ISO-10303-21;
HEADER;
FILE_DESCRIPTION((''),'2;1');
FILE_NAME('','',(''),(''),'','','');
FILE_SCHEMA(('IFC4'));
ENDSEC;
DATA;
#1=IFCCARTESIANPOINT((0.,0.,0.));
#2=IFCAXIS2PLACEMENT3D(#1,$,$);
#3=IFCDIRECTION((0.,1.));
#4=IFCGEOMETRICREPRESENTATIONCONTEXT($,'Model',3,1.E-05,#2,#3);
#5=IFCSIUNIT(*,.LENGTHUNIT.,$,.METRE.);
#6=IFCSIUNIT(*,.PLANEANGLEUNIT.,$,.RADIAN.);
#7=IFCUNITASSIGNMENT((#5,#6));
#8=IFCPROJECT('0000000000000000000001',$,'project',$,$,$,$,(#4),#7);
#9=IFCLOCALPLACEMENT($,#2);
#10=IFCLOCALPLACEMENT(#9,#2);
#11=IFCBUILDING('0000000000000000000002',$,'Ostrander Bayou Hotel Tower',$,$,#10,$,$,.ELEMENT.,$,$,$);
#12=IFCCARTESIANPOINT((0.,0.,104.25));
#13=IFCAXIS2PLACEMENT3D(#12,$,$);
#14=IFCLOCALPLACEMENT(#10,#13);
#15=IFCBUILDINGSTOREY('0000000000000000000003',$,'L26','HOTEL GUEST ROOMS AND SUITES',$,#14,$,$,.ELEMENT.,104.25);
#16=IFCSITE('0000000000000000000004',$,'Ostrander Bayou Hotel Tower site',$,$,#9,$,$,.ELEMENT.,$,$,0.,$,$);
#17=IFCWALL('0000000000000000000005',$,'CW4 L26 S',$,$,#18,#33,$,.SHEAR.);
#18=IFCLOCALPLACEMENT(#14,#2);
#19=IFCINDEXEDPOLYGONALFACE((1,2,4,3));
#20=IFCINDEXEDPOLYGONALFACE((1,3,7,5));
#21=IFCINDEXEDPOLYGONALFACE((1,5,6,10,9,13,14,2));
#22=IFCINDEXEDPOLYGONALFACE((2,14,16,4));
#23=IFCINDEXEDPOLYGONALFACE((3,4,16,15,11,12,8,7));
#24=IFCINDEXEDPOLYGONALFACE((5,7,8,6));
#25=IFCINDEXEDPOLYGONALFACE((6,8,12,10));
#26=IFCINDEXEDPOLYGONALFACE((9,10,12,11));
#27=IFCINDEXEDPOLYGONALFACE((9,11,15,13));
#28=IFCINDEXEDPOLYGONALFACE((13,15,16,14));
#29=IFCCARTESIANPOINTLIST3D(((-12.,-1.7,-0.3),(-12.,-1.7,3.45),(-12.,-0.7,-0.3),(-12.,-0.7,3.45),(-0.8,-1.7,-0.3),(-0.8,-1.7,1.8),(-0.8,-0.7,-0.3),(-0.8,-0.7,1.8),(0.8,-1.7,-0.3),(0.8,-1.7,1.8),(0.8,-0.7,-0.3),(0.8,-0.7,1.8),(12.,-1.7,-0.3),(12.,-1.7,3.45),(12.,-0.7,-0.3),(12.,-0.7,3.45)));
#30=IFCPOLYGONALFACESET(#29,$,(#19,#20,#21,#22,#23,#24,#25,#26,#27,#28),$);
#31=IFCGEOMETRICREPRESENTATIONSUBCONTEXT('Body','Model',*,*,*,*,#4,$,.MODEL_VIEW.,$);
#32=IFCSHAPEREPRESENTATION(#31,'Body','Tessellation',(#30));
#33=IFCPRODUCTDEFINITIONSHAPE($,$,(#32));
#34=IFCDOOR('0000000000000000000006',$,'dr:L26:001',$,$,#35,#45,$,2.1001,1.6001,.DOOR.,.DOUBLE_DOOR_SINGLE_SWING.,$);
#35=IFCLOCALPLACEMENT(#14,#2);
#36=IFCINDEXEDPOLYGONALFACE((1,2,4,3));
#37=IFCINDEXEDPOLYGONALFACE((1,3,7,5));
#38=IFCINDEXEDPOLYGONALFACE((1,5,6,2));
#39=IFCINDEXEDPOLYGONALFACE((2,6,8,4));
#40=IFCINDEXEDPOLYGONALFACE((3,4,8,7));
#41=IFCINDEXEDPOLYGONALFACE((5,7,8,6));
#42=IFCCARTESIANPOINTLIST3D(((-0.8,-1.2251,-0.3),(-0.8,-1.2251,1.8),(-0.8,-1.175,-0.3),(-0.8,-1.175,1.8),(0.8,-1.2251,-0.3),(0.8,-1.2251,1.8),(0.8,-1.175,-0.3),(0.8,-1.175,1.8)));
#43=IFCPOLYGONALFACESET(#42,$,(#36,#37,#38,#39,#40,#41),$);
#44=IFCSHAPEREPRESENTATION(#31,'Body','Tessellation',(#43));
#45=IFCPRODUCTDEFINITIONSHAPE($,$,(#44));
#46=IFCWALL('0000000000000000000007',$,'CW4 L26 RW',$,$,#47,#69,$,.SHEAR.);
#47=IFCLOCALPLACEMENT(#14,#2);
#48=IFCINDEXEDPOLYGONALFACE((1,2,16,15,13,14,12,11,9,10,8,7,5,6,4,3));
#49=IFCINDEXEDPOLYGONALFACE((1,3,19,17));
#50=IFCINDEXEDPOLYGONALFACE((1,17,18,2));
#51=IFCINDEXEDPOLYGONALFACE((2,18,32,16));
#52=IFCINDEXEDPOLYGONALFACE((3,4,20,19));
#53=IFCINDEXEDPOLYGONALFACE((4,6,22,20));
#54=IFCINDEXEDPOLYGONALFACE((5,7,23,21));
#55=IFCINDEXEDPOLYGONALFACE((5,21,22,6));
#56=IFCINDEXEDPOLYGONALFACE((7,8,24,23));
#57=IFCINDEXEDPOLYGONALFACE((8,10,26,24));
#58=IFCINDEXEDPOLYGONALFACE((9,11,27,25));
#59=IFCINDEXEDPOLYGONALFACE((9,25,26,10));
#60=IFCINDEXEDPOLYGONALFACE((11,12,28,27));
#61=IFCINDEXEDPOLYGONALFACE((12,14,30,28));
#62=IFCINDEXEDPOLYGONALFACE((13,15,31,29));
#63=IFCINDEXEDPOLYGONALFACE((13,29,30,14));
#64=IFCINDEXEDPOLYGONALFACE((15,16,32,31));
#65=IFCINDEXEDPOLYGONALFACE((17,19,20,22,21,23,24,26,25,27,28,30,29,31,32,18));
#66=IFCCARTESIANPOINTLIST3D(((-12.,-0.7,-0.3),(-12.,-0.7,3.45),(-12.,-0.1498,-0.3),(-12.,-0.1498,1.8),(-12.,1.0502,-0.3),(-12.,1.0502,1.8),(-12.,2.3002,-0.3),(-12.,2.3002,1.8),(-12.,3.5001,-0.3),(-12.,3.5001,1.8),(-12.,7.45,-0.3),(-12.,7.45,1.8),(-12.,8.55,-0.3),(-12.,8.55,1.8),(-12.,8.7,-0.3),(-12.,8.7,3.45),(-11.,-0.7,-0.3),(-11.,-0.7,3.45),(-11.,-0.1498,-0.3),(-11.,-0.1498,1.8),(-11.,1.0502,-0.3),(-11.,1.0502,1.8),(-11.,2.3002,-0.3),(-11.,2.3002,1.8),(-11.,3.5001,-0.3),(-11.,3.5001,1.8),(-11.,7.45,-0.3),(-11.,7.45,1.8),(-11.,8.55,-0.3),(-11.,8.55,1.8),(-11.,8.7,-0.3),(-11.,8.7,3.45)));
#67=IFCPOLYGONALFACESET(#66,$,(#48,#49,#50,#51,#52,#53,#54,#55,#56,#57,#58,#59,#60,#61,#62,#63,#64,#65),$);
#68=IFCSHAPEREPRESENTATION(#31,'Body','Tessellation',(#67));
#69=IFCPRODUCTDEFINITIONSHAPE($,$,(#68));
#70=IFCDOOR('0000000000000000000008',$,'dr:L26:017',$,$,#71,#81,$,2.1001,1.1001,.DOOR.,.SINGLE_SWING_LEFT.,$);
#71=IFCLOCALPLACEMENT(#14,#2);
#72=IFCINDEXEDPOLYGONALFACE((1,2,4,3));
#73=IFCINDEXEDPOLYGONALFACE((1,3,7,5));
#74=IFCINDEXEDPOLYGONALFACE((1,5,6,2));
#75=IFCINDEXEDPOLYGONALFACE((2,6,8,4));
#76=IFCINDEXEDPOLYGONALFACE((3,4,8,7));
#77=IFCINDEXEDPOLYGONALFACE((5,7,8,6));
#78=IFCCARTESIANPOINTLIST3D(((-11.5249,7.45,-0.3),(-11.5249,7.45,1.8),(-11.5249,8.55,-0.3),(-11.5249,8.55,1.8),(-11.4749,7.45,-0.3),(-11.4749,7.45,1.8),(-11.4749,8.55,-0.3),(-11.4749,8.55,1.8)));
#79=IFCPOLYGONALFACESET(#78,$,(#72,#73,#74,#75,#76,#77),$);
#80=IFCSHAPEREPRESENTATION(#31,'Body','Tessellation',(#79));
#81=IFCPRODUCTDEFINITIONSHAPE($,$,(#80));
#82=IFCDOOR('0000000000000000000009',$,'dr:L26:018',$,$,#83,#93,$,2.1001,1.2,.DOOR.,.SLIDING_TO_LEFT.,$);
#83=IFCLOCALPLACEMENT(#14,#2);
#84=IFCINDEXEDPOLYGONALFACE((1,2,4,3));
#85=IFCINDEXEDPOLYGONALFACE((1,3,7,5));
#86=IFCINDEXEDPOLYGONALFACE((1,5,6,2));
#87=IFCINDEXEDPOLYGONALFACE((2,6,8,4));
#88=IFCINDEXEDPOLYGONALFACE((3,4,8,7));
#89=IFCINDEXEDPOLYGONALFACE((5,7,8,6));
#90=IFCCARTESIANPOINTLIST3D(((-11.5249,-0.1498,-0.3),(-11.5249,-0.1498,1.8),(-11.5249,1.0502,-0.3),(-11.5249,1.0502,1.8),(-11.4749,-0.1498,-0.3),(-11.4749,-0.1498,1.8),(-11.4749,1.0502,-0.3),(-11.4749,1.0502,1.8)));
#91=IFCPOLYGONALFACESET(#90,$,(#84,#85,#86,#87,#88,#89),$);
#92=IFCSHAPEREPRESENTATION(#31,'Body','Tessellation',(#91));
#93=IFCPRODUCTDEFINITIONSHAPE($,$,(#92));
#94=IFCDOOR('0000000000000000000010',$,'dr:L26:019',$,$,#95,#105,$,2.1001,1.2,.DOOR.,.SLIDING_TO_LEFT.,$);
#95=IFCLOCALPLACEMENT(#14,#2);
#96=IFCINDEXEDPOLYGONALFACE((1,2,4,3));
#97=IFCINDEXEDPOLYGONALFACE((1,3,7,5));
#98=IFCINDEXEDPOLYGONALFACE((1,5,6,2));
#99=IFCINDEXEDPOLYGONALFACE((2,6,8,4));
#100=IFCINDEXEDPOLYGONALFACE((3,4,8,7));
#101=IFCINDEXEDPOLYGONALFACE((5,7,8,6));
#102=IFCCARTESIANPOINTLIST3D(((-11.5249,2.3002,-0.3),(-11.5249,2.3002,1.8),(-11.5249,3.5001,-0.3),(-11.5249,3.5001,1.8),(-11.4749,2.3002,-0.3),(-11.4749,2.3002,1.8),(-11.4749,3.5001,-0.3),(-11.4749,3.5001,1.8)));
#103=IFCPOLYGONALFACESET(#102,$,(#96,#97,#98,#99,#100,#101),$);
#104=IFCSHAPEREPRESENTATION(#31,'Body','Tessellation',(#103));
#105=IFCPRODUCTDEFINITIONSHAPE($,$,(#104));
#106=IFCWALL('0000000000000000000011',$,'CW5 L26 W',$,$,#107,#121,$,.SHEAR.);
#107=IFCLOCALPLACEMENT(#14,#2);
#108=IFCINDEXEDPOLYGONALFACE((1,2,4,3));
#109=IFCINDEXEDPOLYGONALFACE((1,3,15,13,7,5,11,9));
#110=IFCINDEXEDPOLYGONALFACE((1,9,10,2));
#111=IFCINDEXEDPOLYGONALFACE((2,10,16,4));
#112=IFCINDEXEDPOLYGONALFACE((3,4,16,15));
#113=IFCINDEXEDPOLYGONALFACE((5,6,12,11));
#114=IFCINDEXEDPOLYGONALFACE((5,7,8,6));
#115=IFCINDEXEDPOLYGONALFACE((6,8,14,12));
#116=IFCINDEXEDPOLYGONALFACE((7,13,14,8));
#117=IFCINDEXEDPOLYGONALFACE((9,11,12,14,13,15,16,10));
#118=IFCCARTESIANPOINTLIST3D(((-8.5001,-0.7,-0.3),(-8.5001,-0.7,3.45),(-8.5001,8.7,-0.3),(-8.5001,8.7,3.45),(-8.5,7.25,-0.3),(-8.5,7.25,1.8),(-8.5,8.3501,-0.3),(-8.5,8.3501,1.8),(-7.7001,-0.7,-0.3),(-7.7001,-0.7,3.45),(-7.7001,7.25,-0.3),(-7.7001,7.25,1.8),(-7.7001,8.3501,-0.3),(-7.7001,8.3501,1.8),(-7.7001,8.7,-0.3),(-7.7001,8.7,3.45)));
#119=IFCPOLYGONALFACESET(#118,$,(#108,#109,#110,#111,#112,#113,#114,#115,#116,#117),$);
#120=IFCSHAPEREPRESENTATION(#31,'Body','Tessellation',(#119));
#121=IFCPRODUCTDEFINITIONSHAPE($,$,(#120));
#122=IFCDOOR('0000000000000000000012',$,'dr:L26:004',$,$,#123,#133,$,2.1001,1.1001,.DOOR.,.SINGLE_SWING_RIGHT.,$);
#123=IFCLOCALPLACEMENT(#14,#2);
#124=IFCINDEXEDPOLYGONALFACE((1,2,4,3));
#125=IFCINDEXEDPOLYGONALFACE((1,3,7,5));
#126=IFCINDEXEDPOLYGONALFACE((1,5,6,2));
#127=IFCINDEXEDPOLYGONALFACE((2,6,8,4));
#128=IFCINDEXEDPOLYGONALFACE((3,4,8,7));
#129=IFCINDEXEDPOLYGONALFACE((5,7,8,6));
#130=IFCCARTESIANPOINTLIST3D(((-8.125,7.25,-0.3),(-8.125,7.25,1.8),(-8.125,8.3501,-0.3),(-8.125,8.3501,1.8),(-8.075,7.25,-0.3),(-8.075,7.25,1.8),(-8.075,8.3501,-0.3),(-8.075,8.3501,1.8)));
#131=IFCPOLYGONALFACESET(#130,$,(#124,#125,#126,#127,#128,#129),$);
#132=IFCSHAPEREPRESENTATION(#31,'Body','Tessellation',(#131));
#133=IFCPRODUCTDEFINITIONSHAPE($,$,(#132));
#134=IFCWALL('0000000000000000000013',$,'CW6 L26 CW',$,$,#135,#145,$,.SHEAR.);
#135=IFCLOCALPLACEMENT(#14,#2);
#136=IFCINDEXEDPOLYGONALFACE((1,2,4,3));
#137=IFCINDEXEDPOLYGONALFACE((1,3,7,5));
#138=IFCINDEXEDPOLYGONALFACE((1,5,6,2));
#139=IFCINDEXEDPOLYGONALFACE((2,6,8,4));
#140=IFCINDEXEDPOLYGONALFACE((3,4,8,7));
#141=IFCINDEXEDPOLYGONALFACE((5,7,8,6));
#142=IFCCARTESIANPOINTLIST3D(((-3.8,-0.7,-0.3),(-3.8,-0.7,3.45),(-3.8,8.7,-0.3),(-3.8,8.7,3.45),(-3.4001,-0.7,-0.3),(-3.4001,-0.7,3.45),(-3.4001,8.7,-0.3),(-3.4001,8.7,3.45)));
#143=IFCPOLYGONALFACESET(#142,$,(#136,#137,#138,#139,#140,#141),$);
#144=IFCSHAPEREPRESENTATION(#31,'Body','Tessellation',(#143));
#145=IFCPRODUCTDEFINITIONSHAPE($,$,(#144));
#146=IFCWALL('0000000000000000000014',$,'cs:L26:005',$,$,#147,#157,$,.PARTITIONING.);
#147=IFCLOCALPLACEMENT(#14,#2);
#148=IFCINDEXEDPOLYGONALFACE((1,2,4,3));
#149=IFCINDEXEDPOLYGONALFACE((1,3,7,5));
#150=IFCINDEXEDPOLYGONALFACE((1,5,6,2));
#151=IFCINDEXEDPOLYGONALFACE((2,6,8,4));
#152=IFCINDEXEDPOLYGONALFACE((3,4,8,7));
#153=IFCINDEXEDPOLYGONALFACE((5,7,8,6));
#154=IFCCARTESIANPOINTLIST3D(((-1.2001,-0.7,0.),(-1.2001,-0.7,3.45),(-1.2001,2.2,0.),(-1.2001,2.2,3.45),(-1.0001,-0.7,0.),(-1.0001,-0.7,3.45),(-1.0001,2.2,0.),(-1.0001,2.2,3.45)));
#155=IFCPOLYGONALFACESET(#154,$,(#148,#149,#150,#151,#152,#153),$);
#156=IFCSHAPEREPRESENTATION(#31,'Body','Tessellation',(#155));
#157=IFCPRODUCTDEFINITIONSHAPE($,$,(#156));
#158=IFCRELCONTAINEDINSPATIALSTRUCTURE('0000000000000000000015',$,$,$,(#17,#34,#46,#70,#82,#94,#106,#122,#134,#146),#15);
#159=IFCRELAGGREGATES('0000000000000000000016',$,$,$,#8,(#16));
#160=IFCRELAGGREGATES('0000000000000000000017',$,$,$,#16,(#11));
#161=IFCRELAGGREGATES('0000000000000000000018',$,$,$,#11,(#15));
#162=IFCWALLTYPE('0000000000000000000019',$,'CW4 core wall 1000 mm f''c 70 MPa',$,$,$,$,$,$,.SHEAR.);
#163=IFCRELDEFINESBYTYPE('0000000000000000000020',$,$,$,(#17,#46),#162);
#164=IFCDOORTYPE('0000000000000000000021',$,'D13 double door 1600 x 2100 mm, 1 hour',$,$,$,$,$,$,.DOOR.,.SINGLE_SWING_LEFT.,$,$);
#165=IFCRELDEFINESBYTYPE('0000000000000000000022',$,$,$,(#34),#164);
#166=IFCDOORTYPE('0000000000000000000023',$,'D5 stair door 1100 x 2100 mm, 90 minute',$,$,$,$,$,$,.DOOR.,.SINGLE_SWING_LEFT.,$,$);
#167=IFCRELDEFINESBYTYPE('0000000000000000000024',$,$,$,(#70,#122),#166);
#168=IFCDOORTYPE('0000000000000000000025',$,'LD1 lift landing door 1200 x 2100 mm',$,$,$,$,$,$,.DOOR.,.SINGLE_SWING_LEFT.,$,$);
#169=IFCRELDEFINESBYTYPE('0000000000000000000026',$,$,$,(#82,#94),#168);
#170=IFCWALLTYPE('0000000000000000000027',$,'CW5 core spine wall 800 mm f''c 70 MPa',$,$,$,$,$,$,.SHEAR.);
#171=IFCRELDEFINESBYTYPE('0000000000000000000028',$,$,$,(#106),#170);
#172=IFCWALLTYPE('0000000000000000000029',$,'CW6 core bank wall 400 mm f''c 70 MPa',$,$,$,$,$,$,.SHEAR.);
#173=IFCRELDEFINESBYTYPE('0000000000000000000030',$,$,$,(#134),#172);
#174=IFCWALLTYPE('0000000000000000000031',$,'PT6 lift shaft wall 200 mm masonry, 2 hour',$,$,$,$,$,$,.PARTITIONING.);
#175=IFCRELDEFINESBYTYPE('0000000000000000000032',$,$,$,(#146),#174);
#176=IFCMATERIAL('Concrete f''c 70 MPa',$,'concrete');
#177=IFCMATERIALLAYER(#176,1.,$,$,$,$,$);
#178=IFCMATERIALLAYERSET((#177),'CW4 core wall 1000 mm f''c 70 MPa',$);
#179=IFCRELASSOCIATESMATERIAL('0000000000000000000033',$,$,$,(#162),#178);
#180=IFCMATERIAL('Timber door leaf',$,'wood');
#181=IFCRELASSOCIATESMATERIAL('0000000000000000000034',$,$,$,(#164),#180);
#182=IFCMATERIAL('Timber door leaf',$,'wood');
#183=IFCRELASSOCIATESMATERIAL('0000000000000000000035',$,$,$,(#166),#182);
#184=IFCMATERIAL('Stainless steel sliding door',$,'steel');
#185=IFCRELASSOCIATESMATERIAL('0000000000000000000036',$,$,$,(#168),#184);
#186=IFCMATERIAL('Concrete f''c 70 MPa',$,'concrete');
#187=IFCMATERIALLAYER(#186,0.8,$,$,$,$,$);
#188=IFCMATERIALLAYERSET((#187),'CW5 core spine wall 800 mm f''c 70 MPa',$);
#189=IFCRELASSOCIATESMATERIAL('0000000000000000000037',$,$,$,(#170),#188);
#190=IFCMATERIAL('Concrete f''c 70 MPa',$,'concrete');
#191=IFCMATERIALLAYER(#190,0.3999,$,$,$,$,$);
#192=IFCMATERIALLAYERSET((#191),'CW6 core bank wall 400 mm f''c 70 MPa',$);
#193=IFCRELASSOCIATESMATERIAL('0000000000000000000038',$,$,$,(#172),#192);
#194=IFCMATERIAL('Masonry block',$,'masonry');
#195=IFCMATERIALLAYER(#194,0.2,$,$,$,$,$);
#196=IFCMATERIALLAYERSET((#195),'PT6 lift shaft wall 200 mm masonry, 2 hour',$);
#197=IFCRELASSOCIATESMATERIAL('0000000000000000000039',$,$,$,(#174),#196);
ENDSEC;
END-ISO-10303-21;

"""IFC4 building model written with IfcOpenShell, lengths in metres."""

from ifc_helpers import new_model, si_unit, direction, frame, frame_2d, origin, place, context, subcontext, project, spatial, rectangle, extrude, material, layer, layer_set, type_object, element, fill, save


model = new_model("IFC4")

# Units and contexts
model_context = context("Model", 3, precision=1e-05, world=origin(), true_north=direction((0.0, 1.0)))
body_context = subcontext(model_context, "Body", "Model", "MODEL_VIEW")
ifc_project = project(units=[si_unit("LENGTHUNIT", "METRE"), si_unit("PLANEANGLEUNIT", "RADIAN")], contexts=[model_context])

# Site, building, storey
site_placement = place(None, origin())
site = spatial("IfcSite", under=ifc_project, at=site_placement, Name="Ostrander Bayou Hotel Tower site", CompositionType="ELEMENT", RefElevation=0.0)
building_placement = place(site_placement, origin())
building = spatial("IfcBuilding", under=site, at=building_placement, Name="Ostrander Bayou Hotel Tower", CompositionType="ELEMENT")
storey_placement = place(building_placement, frame((0.0, 0.0, 104.25)))
storey = spatial("IfcBuildingStorey", under=building, at=storey_placement, Name="L26", Description="HOTEL GUEST ROOMS AND SUITES", CompositionType="ELEMENT", Elevation=104.25)

# Wall, opening, door
ifc_material_1 = material(Name="Concrete f'c 70 MPa", Category="concrete")
ifc_layer_1 = layer(ifc_material_1, 1.0)
ifc_layer_set_1 = layer_set([ifc_layer_1], Name="CW4 core wall 1000 mm f'c 70 MPa")
wall_type_1 = type_object("IfcWallType", Name="CW4 core wall 1000 mm f'c 70 MPa", PredefinedType="SHEAR", material=ifc_layer_set_1)
wall_1_placement = place(storey_placement, frame((-12.0, -1.2, -0.3), z_axis=(0.0, 0.0, 1.0), x_axis=(1.0, 0.0, 0.0)))
wall_1 = element("IfcWall", 1, at=wall_1_placement, inside=storey, type_object=wall_type_1, Name="CW4 L26 S", PredefinedType="SHEAR", context=body_context, shape_type="SweptSolid", body=[
    extrude(rectangle(XDim=24.0, YDim=1.0, at=frame_2d((12.0, 0.0))), origin(), (0.0, 0.0, 1.0), 3.75),
])
opening_1_placement = place(wall_1_placement, frame((11.2, 0.0, 0.0)))
opening_1 = element("IfcOpeningElement", 2, at=opening_1_placement, cuts=wall_1, PredefinedType="OPENING", context=body_context, shape_type="SweptSolid", body=[
    extrude(rectangle(XDim=1.6001, YDim=2.1001, at=frame_2d((0.8, 1.05))), frame((0.0, 0.5, 0.0), z_axis=(0.0, -1.0, 0.0), x_axis=(1.0, 0.0, 0.0)), (0.0, 0.0, 1.0), 1.0),
])
ifc_material_2 = material(Name="Timber door leaf", Category="wood")
door_type_1 = type_object("IfcDoorType", Name="D13 double door 1600 x 2100 mm, 1 hour", OperationType="SINGLE_SWING_LEFT", PredefinedType="DOOR", material=ifc_material_2)
door_1_placement = place(opening_1_placement, origin())
door_1 = element("IfcDoor", 3, at=door_1_placement, inside=storey, type_object=door_type_1, Name="dr:L26:001", OperationType="DOUBLE_DOOR_SINGLE_SWING", OverallHeight=2.1001, OverallWidth=1.6001, PredefinedType="DOOR", context=body_context, shape_type="SweptSolid", body=[
    extrude(rectangle(XDim=1.6001, YDim=2.1001, at=frame_2d((0.8, 1.05))), frame((0.0, 0.0249, 0.0), z_axis=(0.0, -1.0, 0.0), x_axis=(1.0, 0.0, 0.0)), (0.0, 0.0, 1.0), 0.05),
])
fill(opening_1, door_1)

# Wall, openings, doors
wall_2_placement = place(storey_placement, frame((-11.5, -0.7, -0.3), z_axis=(0.0, 0.0, 1.0), x_axis=(0.0, 1.0, 0.0)))
wall_2 = element("IfcWall", 4, at=wall_2_placement, inside=storey, type_object=wall_type_1, Name="CW4 L26 RW", PredefinedType="SHEAR", context=body_context, shape_type="SweptSolid", body=[
    extrude(rectangle(XDim=9.3999, YDim=1.0, at=frame_2d((4.7, 0.0))), origin(), (0.0, 0.0, 1.0), 3.75),
])
opening_2_placement = place(wall_2_placement, frame((8.1499, 0.0, 0.0)))
opening_2 = element("IfcOpeningElement", 5, at=opening_2_placement, cuts=wall_2, PredefinedType="OPENING", context=body_context, shape_type="SweptSolid", body=[
    extrude(rectangle(XDim=1.1001, YDim=2.1001, at=frame_2d((0.55, 1.05))), frame((0.0, 0.5, 0.0), z_axis=(0.0, -1.0, 0.0), x_axis=(1.0, 0.0, 0.0)), (0.0, 0.0, 1.0), 1.0),
])
opening_3_placement = place(wall_2_placement, frame((0.55, 0.0, 0.0)))
opening_3 = element("IfcOpeningElement", 6, at=opening_3_placement, cuts=wall_2, PredefinedType="OPENING", context=body_context, shape_type="SweptSolid", body=[
    extrude(rectangle(XDim=1.2, YDim=2.1001, at=frame_2d((0.6001, 1.05))), frame((0.0, 0.5, 0.0), z_axis=(0.0, -1.0, 0.0), x_axis=(1.0, 0.0, 0.0)), (0.0, 0.0, 1.0), 1.0),
])
opening_4_placement = place(wall_2_placement, frame((3.0, 0.0, 0.0)))
opening_4 = element("IfcOpeningElement", 7, at=opening_4_placement, cuts=wall_2, PredefinedType="OPENING", context=body_context, shape_type="SweptSolid", body=[
    extrude(rectangle(XDim=1.2, YDim=2.1001, at=frame_2d((0.6001, 1.05))), frame((0.0, 0.5, 0.0), z_axis=(0.0, -1.0, 0.0), x_axis=(1.0, 0.0, 0.0)), (0.0, 0.0, 1.0), 1.0),
])
ifc_material_3 = material(Name="Timber door leaf", Category="wood")
door_type_2 = type_object("IfcDoorType", Name="D5 stair door 1100 x 2100 mm, 90 minute", OperationType="SINGLE_SWING_LEFT", PredefinedType="DOOR", material=ifc_material_3)
door_2_placement = place(opening_2_placement, origin())
door_2 = element("IfcDoor", 8, at=door_2_placement, inside=storey, type_object=door_type_2, Name="dr:L26:017", OperationType="SINGLE_SWING_LEFT", OverallHeight=2.1001, OverallWidth=1.1001, PredefinedType="DOOR", context=body_context, shape_type="SweptSolid", body=[
    extrude(rectangle(XDim=1.1001, YDim=2.1001, at=frame_2d((0.55, 1.05))), frame((0.0, 0.0249, 0.0), z_axis=(0.0, -1.0, 0.0), x_axis=(1.0, 0.0, 0.0)), (0.0, 0.0, 1.0), 0.05),
])
fill(opening_2, door_2)
ifc_material_4 = material(Name="Stainless steel sliding door", Category="steel")
door_type_3 = type_object("IfcDoorType", Name="LD1 lift landing door 1200 x 2100 mm", OperationType="SINGLE_SWING_LEFT", PredefinedType="DOOR", material=ifc_material_4)
door_3_placement = place(opening_3_placement, origin())
door_3 = element("IfcDoor", 9, at=door_3_placement, inside=storey, type_object=door_type_3, Name="dr:L26:018", OperationType="SLIDING_TO_LEFT", OverallHeight=2.1001, OverallWidth=1.2, PredefinedType="DOOR", context=body_context, shape_type="SweptSolid", body=[
    extrude(rectangle(XDim=1.2, YDim=2.1001, at=frame_2d((0.6001, 1.05))), frame((0.0, 0.0249, 0.0), z_axis=(0.0, -1.0, 0.0), x_axis=(1.0, 0.0, 0.0)), (0.0, 0.0, 1.0), 0.05),
])
fill(opening_3, door_3)
door_4_placement = place(opening_4_placement, origin())
door_4 = element("IfcDoor", 10, at=door_4_placement, inside=storey, type_object=door_type_3, Name="dr:L26:019", OperationType="SLIDING_TO_LEFT", OverallHeight=2.1001, OverallWidth=1.2, PredefinedType="DOOR", context=body_context, shape_type="SweptSolid", body=[
    extrude(rectangle(XDim=1.2, YDim=2.1001, at=frame_2d((0.6001, 1.05))), frame((0.0, 0.0249, 0.0), z_axis=(0.0, -1.0, 0.0), x_axis=(1.0, 0.0, 0.0)), (0.0, 0.0, 1.0), 0.05),
])
fill(opening_4, door_4)

# Wall, opening, door
ifc_material_5 = material(Name="Concrete f'c 70 MPa", Category="concrete")
ifc_layer_2 = layer(ifc_material_5, 0.8)
ifc_layer_set_2 = layer_set([ifc_layer_2], Name="CW5 core spine wall 800 mm f'c 70 MPa")
wall_type_2 = type_object("IfcWallType", Name="CW5 core spine wall 800 mm f'c 70 MPa", PredefinedType="SHEAR", material=ifc_layer_set_2)
wall_3_placement = place(storey_placement, frame((-8.1001, -0.7, -0.3), z_axis=(0.0, 0.0, 1.0), x_axis=(0.0, 1.0, 0.0)))
wall_3 = element("IfcWall", 11, at=wall_3_placement, inside=storey, type_object=wall_type_2, Name="CW5 L26 W", PredefinedType="SHEAR", context=body_context, shape_type="SweptSolid", body=[
    extrude(rectangle(XDim=9.3999, YDim=0.8, at=frame_2d((4.7, 0.0))), origin(), (0.0, 0.0, 1.0), 3.75),
])
opening_5_placement = place(wall_3_placement, frame((7.95, 0.0, 0.0)))
opening_5 = element("IfcOpeningElement", 12, at=opening_5_placement, cuts=wall_3, PredefinedType="OPENING", context=body_context, shape_type="SweptSolid", body=[
    extrude(rectangle(XDim=1.1001, YDim=2.1001, at=frame_2d((0.55, 1.05))), frame((0.0, 0.3999, 0.0), z_axis=(0.0, -1.0, 0.0), x_axis=(1.0, 0.0, 0.0)), (0.0, 0.0, 1.0), 0.8),
])
door_5_placement = place(opening_5_placement, origin())
door_5 = element("IfcDoor", 13, at=door_5_placement, inside=storey, type_object=door_type_2, Name="dr:L26:004", OperationType="SINGLE_SWING_RIGHT", OverallHeight=2.1001, OverallWidth=1.1001, PredefinedType="DOOR", context=body_context, shape_type="SweptSolid", body=[
    extrude(rectangle(XDim=1.1001, YDim=2.1001, at=frame_2d((0.55, 1.05))), frame((0.0, 0.0249, 0.0), z_axis=(0.0, -1.0, 0.0), x_axis=(1.0, 0.0, 0.0)), (0.0, 0.0, 1.0), 0.05),
])
fill(opening_5, door_5)

# Walls
ifc_material_6 = material(Name="Concrete f'c 70 MPa", Category="concrete")
ifc_layer_3 = layer(ifc_material_6, 0.3999)
ifc_layer_set_3 = layer_set([ifc_layer_3], Name="CW6 core bank wall 400 mm f'c 70 MPa")
wall_type_3 = type_object("IfcWallType", Name="CW6 core bank wall 400 mm f'c 70 MPa", PredefinedType="SHEAR", material=ifc_layer_set_3)
wall_4_placement = place(storey_placement, frame((-3.6001, -0.7, -0.3), z_axis=(0.0, 0.0, 1.0), x_axis=(0.0, 1.0, 0.0)))
element("IfcWall", 14, at=wall_4_placement, inside=storey, type_object=wall_type_3, Name="CW6 L26 CW", PredefinedType="SHEAR", context=body_context, shape_type="SweptSolid", body=[
    extrude(rectangle(XDim=9.3999, YDim=0.3999, at=frame_2d((4.7, 0.0))), origin(), (0.0, 0.0, 1.0), 3.75),
])
ifc_material_7 = material(Name="Masonry block", Category="masonry")
ifc_layer_4 = layer(ifc_material_7, 0.2)
ifc_layer_set_4 = layer_set([ifc_layer_4], Name="PT6 lift shaft wall 200 mm masonry, 2 hour")
wall_type_4 = type_object("IfcWallType", Name="PT6 lift shaft wall 200 mm masonry, 2 hour", PredefinedType="PARTITIONING", material=ifc_layer_set_4)
wall_5_placement = place(storey_placement, frame((-1.1001, -0.7, 0.0), z_axis=(0.0, 0.0, 1.0), x_axis=(0.0, 1.0, 0.0)))
element("IfcWall", 15, at=wall_5_placement, inside=storey, type_object=wall_type_4, Name="cs:L26:005", PredefinedType="PARTITIONING", context=body_context, shape_type="SweptSolid", body=[
    extrude(rectangle(XDim=2.8999, YDim=0.2, at=frame_2d((1.45, 0.0))), origin(), (0.0, 0.0, 1.0), 3.45),
])

save(model, "model.ifc")
